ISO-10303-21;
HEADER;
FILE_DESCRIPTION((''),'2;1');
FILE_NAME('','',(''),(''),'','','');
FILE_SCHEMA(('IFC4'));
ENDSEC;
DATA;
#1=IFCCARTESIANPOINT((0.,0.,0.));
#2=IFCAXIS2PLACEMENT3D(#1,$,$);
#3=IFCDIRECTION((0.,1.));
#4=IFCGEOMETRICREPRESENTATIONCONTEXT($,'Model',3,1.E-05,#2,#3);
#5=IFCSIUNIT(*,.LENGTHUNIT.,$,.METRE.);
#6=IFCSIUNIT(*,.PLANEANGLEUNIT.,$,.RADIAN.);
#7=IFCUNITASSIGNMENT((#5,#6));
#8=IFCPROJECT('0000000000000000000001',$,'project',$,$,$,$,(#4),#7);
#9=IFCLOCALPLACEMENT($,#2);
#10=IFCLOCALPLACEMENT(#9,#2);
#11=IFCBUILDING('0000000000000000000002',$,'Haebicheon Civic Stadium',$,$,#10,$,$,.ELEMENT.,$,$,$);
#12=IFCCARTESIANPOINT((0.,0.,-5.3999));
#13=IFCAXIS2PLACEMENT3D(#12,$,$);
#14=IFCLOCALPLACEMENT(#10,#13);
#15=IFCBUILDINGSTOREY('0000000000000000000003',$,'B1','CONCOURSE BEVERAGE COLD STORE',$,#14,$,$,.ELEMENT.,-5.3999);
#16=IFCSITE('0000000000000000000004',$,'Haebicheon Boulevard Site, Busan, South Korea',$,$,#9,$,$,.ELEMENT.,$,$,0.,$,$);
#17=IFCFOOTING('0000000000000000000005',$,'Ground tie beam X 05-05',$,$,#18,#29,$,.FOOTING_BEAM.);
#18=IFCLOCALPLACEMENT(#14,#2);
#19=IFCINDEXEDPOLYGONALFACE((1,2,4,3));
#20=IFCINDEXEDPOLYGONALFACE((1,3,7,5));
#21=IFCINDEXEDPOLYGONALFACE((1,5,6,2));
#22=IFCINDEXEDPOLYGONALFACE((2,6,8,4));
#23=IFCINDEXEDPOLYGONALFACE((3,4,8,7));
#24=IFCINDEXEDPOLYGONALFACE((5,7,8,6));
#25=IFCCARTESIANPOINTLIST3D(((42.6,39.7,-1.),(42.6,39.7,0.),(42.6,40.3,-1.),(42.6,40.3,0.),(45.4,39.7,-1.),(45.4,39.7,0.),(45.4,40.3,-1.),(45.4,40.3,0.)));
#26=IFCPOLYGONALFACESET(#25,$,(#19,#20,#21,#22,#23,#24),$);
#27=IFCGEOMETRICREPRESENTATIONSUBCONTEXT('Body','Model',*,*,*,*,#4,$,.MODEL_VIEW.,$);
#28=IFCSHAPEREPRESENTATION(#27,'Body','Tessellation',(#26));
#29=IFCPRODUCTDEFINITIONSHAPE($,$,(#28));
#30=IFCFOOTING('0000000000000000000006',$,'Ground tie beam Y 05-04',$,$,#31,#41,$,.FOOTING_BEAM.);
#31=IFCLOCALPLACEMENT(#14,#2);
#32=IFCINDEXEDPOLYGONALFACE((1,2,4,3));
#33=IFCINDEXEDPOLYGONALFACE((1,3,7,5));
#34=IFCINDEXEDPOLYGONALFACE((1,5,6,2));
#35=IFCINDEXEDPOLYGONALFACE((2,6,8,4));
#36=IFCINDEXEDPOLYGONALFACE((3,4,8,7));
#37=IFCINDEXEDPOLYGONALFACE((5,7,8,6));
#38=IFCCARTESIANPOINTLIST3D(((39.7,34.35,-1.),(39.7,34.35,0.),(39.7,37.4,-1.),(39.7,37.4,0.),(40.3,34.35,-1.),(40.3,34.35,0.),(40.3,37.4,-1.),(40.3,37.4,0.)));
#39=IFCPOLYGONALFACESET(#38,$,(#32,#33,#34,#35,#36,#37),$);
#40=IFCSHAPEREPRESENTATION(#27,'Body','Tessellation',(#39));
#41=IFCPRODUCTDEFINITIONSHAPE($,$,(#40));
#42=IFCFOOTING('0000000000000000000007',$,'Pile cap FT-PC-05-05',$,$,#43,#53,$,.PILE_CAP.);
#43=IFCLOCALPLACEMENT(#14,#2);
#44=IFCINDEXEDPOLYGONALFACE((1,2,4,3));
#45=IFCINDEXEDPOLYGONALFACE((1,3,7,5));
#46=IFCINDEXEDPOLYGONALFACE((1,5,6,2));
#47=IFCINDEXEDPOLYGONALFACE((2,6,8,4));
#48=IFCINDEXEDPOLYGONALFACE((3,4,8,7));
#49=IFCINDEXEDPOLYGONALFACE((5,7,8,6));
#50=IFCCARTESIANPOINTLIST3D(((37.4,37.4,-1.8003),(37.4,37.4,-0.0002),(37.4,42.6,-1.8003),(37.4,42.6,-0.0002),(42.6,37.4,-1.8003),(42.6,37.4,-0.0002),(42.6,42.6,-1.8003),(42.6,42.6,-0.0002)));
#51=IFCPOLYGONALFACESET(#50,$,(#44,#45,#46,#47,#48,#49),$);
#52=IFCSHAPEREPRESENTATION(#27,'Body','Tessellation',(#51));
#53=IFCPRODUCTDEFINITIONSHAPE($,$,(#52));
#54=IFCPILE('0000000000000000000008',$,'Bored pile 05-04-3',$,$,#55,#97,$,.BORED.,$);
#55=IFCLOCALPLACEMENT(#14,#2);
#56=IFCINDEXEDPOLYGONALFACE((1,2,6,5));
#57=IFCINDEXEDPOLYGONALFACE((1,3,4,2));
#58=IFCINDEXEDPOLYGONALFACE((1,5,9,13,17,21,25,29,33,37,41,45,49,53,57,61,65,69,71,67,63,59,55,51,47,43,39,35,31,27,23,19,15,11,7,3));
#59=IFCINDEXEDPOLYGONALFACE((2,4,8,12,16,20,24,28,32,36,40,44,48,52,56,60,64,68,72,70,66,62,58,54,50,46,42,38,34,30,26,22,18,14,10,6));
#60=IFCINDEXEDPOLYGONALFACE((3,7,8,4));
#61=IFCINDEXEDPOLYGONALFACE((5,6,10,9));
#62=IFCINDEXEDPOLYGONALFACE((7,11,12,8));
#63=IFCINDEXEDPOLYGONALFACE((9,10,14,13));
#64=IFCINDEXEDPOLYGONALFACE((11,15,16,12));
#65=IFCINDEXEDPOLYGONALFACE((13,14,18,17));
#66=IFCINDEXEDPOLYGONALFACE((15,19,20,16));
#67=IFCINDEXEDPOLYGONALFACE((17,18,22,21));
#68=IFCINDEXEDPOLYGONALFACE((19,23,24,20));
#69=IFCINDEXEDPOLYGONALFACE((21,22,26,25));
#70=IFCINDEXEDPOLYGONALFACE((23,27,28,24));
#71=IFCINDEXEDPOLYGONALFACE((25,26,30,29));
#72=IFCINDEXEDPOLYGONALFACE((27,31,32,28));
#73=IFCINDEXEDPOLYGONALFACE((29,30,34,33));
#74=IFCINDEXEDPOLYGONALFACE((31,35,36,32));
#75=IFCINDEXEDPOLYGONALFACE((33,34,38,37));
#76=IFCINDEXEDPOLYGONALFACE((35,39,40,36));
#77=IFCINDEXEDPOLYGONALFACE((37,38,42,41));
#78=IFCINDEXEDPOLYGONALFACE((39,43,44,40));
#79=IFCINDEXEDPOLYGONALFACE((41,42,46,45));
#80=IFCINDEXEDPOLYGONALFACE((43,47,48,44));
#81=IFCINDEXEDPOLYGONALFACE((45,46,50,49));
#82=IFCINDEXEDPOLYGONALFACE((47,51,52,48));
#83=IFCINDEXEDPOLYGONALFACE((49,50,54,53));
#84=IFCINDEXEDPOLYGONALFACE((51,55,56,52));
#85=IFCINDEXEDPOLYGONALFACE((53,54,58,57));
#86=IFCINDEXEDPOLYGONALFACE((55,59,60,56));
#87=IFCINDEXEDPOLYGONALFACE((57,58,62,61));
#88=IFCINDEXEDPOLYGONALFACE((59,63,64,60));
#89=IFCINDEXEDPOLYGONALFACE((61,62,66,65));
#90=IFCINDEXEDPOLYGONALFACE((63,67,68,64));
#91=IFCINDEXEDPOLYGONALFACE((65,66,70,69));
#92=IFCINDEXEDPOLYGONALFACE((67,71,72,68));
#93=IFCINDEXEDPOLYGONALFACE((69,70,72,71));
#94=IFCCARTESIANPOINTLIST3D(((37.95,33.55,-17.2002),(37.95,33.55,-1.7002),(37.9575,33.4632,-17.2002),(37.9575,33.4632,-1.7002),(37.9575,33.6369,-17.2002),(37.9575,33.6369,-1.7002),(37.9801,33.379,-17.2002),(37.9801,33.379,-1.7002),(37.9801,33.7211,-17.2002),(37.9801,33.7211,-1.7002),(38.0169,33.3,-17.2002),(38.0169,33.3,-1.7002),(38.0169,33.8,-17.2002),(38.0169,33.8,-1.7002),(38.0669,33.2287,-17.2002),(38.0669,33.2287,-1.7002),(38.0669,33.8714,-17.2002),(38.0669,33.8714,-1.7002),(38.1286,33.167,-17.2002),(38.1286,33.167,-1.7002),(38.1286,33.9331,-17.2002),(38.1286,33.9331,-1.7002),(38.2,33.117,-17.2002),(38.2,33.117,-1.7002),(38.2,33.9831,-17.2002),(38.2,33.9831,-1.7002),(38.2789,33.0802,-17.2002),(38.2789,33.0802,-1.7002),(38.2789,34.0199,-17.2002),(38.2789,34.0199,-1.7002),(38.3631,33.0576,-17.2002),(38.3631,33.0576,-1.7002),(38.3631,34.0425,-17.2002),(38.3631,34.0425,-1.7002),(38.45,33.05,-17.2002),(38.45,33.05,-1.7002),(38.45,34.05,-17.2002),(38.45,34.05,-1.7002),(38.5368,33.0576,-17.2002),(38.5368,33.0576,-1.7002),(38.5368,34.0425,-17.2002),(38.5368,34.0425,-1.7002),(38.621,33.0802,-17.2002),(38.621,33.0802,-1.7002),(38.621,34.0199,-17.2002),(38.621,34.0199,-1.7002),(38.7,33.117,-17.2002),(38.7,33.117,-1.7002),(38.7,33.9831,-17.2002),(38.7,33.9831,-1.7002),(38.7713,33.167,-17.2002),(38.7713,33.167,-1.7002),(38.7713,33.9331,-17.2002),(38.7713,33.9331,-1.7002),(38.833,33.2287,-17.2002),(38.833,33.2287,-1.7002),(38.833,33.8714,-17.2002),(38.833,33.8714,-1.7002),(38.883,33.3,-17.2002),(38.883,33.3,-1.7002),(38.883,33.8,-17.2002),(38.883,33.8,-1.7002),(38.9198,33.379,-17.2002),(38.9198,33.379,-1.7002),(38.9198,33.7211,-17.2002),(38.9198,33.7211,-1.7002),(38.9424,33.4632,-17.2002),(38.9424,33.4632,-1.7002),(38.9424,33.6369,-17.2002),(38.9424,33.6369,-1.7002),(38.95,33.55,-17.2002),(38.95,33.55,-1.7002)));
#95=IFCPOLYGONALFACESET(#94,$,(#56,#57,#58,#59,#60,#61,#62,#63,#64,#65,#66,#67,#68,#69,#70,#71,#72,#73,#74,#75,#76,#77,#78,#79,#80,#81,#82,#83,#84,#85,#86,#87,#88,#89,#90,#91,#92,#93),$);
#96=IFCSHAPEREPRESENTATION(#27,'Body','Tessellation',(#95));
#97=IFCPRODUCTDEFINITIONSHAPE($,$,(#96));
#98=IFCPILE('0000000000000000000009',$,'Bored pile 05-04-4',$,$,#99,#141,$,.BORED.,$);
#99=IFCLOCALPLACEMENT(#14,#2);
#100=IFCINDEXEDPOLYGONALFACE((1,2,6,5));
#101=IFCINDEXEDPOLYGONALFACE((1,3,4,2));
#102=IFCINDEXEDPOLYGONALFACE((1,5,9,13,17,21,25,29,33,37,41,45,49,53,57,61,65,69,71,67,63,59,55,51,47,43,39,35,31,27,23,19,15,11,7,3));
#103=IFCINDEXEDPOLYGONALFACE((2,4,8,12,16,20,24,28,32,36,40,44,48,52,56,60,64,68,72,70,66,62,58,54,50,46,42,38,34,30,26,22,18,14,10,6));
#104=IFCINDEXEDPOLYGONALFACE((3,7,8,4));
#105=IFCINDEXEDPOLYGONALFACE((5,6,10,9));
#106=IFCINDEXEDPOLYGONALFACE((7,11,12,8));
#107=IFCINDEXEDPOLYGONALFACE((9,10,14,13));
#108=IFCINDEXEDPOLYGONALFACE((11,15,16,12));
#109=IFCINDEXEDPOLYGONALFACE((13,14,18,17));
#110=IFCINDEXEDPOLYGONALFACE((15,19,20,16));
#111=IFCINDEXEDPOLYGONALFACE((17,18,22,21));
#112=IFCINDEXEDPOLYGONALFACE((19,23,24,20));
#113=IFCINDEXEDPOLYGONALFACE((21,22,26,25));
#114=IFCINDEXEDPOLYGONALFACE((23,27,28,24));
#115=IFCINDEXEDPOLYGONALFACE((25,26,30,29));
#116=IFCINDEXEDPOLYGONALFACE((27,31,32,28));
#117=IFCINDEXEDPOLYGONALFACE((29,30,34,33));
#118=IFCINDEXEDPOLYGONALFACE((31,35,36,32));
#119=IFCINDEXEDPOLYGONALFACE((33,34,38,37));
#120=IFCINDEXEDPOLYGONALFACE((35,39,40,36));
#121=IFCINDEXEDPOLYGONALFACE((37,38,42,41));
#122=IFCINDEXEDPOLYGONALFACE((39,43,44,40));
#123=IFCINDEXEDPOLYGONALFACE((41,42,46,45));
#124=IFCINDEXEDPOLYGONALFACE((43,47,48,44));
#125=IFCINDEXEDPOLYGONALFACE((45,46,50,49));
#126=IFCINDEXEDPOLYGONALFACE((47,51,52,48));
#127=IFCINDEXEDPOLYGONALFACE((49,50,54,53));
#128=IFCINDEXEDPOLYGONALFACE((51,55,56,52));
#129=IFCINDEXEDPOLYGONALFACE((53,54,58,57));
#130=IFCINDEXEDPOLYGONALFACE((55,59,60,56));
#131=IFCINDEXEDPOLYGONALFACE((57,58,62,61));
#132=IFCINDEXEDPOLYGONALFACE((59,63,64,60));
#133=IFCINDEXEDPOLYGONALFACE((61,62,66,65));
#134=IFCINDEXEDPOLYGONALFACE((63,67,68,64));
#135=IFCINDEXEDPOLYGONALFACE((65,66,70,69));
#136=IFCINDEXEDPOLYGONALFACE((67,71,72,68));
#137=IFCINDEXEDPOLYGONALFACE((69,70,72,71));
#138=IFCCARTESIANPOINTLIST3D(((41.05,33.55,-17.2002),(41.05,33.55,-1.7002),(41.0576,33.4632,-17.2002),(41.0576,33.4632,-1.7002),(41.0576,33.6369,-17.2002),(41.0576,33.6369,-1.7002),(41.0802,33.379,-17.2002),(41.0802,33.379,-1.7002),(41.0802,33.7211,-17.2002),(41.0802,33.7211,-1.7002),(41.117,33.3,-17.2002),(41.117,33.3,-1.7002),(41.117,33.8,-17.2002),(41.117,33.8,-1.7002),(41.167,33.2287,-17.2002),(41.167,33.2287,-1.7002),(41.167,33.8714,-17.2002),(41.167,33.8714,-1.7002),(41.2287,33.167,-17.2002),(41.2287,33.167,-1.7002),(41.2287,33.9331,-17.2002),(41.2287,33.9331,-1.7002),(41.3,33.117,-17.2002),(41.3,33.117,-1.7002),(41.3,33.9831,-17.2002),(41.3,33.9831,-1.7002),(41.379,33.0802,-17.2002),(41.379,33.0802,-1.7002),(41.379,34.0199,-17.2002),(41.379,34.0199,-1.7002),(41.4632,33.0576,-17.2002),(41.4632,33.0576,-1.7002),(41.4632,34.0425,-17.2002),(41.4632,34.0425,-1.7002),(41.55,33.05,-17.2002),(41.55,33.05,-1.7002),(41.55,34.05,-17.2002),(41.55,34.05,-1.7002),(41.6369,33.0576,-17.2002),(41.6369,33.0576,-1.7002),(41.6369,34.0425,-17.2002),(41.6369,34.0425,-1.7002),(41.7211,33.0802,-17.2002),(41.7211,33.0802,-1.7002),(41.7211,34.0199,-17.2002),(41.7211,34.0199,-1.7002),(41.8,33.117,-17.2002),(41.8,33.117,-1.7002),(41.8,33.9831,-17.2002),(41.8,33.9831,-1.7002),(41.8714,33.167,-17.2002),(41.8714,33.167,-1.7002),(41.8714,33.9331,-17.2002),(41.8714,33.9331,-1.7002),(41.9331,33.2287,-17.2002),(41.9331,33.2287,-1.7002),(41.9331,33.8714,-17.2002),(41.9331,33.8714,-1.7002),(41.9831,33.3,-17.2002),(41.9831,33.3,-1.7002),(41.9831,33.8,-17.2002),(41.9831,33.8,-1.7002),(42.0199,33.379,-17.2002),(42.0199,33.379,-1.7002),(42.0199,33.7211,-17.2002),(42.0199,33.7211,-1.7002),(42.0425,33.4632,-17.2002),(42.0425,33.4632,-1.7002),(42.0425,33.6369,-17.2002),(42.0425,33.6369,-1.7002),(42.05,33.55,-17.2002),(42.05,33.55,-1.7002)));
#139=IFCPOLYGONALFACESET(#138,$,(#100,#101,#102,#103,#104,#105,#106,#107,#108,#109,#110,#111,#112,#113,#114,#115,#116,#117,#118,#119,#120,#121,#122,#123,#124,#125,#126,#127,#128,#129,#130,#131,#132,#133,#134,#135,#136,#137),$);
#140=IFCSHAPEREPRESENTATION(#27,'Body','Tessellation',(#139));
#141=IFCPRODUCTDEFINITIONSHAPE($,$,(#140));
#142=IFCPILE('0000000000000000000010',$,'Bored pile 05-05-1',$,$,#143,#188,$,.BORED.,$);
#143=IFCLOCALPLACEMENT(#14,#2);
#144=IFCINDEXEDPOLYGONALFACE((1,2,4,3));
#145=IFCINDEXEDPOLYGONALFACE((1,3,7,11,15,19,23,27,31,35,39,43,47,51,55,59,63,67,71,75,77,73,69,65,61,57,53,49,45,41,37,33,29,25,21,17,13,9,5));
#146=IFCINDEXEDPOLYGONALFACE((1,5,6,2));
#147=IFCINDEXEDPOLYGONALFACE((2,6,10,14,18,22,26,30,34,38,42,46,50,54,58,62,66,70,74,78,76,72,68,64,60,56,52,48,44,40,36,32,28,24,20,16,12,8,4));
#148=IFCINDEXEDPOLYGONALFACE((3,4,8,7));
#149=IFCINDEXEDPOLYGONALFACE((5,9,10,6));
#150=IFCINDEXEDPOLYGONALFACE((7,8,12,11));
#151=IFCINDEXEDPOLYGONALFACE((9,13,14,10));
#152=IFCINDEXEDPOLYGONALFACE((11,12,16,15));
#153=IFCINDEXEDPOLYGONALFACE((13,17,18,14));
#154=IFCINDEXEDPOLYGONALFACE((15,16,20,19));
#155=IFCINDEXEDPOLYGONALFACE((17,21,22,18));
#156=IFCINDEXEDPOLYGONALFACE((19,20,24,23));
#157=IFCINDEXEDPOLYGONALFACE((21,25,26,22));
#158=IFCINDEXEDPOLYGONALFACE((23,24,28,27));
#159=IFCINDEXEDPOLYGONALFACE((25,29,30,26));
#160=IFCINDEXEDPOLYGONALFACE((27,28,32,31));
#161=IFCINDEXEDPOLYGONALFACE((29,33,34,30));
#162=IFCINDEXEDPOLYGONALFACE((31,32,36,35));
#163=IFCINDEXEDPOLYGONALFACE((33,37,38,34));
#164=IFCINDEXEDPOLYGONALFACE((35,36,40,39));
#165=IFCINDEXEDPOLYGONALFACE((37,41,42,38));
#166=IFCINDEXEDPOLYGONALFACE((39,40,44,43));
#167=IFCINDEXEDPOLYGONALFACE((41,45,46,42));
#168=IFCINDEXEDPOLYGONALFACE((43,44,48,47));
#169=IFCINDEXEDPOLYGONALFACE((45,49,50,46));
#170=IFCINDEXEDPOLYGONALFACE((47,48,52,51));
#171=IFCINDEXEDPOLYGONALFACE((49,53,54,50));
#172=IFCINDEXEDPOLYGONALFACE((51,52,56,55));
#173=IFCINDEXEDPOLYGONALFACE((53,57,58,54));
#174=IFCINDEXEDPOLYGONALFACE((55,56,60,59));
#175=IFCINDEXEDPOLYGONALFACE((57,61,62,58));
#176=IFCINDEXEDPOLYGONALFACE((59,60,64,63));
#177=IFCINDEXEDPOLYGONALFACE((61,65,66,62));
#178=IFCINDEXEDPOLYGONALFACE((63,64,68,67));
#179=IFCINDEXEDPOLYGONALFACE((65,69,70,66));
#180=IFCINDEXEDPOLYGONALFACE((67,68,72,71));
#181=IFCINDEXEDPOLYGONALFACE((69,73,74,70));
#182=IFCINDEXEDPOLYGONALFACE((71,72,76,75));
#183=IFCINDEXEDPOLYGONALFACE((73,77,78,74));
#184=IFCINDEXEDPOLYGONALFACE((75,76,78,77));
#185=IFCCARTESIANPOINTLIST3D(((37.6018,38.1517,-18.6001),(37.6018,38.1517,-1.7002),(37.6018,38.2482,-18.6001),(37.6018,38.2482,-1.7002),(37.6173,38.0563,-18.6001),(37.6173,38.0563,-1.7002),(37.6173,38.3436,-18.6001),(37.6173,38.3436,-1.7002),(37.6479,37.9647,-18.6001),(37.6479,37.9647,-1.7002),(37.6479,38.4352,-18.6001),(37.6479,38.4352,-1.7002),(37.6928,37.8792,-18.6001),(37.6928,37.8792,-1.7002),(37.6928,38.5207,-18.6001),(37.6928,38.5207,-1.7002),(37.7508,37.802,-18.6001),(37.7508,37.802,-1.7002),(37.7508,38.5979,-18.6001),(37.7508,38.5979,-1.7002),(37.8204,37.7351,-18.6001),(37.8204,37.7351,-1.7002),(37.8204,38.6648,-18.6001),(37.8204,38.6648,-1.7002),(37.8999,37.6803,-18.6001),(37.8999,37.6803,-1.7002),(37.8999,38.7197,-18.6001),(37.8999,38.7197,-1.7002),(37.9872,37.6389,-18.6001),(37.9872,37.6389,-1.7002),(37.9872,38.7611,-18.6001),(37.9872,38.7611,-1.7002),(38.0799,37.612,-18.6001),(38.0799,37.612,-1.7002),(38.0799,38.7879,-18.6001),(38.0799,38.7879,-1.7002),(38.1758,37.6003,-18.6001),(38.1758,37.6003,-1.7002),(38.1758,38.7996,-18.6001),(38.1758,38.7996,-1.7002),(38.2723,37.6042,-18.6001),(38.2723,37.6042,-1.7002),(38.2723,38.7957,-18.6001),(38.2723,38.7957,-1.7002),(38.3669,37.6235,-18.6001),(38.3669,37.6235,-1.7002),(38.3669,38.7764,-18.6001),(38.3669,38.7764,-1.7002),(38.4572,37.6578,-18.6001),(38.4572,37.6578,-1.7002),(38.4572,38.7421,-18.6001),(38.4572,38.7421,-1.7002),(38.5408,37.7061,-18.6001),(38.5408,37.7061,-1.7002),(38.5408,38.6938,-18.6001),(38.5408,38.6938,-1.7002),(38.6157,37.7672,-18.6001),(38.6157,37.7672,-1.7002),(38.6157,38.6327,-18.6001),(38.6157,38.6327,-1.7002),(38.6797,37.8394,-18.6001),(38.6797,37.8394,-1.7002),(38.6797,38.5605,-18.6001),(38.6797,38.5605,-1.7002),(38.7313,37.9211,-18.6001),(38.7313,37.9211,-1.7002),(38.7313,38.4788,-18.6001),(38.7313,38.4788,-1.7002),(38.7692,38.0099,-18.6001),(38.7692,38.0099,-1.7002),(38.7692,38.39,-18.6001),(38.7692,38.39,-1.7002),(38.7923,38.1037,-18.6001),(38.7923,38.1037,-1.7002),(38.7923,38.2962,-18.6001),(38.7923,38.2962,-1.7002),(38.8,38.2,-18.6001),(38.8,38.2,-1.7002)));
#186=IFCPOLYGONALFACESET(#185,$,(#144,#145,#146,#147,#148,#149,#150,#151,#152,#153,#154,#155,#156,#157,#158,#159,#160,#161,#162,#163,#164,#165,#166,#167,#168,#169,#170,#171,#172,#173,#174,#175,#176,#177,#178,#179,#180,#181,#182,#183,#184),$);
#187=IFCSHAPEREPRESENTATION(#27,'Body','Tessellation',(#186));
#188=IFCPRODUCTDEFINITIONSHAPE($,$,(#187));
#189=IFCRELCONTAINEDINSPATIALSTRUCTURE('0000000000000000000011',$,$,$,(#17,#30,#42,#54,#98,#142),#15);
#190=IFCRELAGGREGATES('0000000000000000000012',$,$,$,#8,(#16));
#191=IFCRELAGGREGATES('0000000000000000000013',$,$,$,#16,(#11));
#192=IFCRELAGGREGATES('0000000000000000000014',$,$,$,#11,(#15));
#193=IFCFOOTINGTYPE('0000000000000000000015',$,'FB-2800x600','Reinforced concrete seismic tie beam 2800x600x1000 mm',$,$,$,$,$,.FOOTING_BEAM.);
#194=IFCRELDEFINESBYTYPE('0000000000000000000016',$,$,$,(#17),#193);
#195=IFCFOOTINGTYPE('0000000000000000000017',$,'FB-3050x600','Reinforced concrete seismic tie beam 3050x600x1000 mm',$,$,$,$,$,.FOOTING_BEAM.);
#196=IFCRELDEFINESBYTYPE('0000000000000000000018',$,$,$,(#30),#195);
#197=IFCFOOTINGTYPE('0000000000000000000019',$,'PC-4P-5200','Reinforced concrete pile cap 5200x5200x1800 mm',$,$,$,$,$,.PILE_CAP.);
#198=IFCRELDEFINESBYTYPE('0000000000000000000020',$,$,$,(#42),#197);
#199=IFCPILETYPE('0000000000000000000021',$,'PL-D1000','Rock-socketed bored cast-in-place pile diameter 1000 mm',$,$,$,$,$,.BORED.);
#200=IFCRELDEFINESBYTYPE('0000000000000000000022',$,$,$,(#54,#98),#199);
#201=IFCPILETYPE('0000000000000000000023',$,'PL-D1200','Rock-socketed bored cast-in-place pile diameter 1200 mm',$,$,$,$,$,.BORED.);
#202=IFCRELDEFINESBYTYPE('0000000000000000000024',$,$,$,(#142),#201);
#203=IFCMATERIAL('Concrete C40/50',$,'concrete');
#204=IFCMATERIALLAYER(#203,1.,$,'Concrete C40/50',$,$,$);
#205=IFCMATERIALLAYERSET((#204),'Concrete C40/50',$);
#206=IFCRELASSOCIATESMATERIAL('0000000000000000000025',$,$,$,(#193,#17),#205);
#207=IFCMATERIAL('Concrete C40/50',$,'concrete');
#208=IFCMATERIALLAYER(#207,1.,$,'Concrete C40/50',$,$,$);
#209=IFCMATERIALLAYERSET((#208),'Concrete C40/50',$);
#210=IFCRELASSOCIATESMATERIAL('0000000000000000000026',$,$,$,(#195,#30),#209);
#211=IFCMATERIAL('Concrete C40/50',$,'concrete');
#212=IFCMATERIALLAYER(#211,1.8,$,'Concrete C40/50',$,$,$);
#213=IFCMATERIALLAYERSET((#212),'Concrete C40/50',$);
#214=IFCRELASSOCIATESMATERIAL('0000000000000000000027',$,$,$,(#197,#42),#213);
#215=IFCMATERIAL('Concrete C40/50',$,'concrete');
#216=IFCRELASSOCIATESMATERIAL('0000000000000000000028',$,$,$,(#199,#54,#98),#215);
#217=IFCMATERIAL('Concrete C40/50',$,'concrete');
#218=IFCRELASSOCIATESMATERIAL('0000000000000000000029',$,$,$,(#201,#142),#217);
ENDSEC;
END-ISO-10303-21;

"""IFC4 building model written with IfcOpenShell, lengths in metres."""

from ifc_helpers import new_model, si_unit, direction, frame, origin, origin_2d, place, context, subcontext, project, spatial, rectangle, circle, extrude, material, layer, layer_set, material_profile, profile_set, type_object, element, save


model = new_model("IFC4")

# Units and contexts
model_context = context("Model", 3, precision=1e-05, world=origin(), true_north=direction((0.0, 1.0)))
body_context = subcontext(model_context, "Body", "Model", "MODEL_VIEW")
ifc_project = project(units=[si_unit("LENGTHUNIT", "METRE"), si_unit("PLANEANGLEUNIT", "RADIAN")], contexts=[model_context])

# Site, building, storey
site_placement = place(None, origin())
site = spatial("IfcSite", under=ifc_project, at=site_placement, Name="Haebicheon Boulevard Site, Busan, South Korea", CompositionType="ELEMENT", RefElevation=0.0)
building_placement = place(site_placement, origin())
building = spatial("IfcBuilding", under=site, at=building_placement, Name="Haebicheon Civic Stadium", CompositionType="ELEMENT")
storey_placement = place(building_placement, frame((0.0, 0.0, -5.3999)))
storey = spatial("IfcBuildingStorey", under=building, at=storey_placement, Name="B1", Description="CONCOURSE BEVERAGE COLD STORE", CompositionType="ELEMENT", Elevation=-5.3999)

# Footings
ifc_material_1 = material(Name="Concrete C40/50", Category="concrete")
ifc_layer_1 = layer(ifc_material_1, 1.0, Name="Concrete C40/50")
ifc_layer_set_1 = layer_set([ifc_layer_1], Name="Concrete C40/50")
footing_type_1 = type_object("IfcFootingType", Name="FB-2800x600", Description="Reinforced concrete seismic tie beam 2800x600x1000 mm", PredefinedType="FOOTING_BEAM", material=ifc_layer_set_1)
footing_1_placement = place(storey_placement, frame((44.0, 40.0, -1.0), z_axis=(0.0, 0.0, 1.0), x_axis=(1.0, 0.0, 0.0)))
element("IfcFooting", 1, at=footing_1_placement, inside=storey, type_object=footing_type_1, material=ifc_layer_set_1, Name="Ground tie beam X 05-05", PredefinedType="FOOTING_BEAM", context=body_context, shape_type="SweptSolid", body=[
    extrude(rectangle(XDim=2.8, YDim=0.6001, at=origin_2d()), origin(), (0.0, 0.0, 1.0), 1.0),
])
ifc_material_2 = material(Name="Concrete C40/50", Category="concrete")
ifc_layer_2 = layer(ifc_material_2, 1.0, Name="Concrete C40/50")
ifc_layer_set_2 = layer_set([ifc_layer_2], Name="Concrete C40/50")
footing_type_2 = type_object("IfcFootingType", Name="FB-3050x600", Description="Reinforced concrete seismic tie beam 3050x600x1000 mm", PredefinedType="FOOTING_BEAM", material=ifc_layer_set_2)
footing_2_placement = place(storey_placement, frame((40.0, 35.875, -1.0), z_axis=(0.0, 0.0, 1.0), x_axis=(0.0, 1.0, 0.0)))
element("IfcFooting", 2, at=footing_2_placement, inside=storey, type_object=footing_type_2, material=ifc_layer_set_2, Name="Ground tie beam Y 05-04", PredefinedType="FOOTING_BEAM", context=body_context, shape_type="SweptSolid", body=[
    extrude(rectangle(XDim=3.05, YDim=0.6001, at=origin_2d()), origin(), (0.0, 0.0, 1.0), 1.0),
])
ifc_material_3 = material(Name="Concrete C40/50", Category="concrete")
ifc_layer_3 = layer(ifc_material_3, 1.8, Name="Concrete C40/50")
ifc_layer_set_3 = layer_set([ifc_layer_3], Name="Concrete C40/50")
footing_type_3 = type_object("IfcFootingType", Name="PC-4P-5200", Description="Reinforced concrete pile cap 5200x5200x1800 mm", PredefinedType="PILE_CAP", material=ifc_layer_set_3)
footing_3_placement = place(storey_placement, frame((40.0, 40.0, -1.8003), z_axis=(0.0, 0.0, 1.0), x_axis=(1.0, 0.0, 0.0)))
element("IfcFooting", 3, at=footing_3_placement, inside=storey, type_object=footing_type_3, material=ifc_layer_set_3, Name="Pile cap FT-PC-05-05", PredefinedType="PILE_CAP", context=body_context, shape_type="SweptSolid", body=[
    extrude(rectangle(XDim=5.2, YDim=5.2, at=origin_2d()), origin(), (0.0, 0.0, 1.0), 1.8),
])

# Piles
ifc_material_4 = material(Name="Concrete C40/50", Category="concrete")
ifc_material_profile_1 = material_profile(ifc_material_4, circle(Radius=0.5, at=origin_2d()), Name="PILE-D1000")
ifc_profile_set_1 = profile_set([ifc_material_profile_1], Name="Concrete C40/50")
pile_type_1 = type_object("IfcPileType", Name="PL-D1000", Description="Rock-socketed bored cast-in-place pile diameter 1000 mm", PredefinedType="BORED", material=ifc_profile_set_1)
for number, where, z_axis, x_axis, name in (
    (4, (38.45, 33.55, -1.7002), (0.0, 0.0, -1.0), (1.0, 0.0, 0.0), "Bored pile 05-04-3"),
    (5, (41.55, 33.55, -1.7002), (0.0, 0.0, -1.0), (1.0, 0.0, 0.0), "Bored pile 05-04-4"),
):
    element("IfcPile", number, at=place(storey_placement, frame(where, z_axis=z_axis, x_axis=x_axis)), inside=storey, type_object=pile_type_1, material=ifc_profile_set_1, Name=name, PredefinedType="BORED", context=body_context, shape_type="SweptSolid", body=[
        extrude(circle(Radius=0.5, at=origin_2d()), origin(), (0.0, 0.0, 1.0), 15.5),
    ])
ifc_material_5 = material(Name="Concrete C40/50", Category="concrete")
ifc_material_profile_2 = material_profile(ifc_material_5, circle(Radius=0.6001, at=origin_2d()), Name="PILE-D1200")
ifc_profile_set_2 = profile_set([ifc_material_profile_2], Name="Concrete C40/50")
pile_type_2 = type_object("IfcPileType", Name="PL-D1200", Description="Rock-socketed bored cast-in-place pile diameter 1200 mm", PredefinedType="BORED", material=ifc_profile_set_2)
for number, where, z_axis, x_axis, name in (
    (6, (38.2, 38.2, -1.7002), (0.0, 0.0, -1.0), (1.0, 0.0, 0.0), "Bored pile 05-05-1"),
):
    element("IfcPile", number, at=place(storey_placement, frame(where, z_axis=z_axis, x_axis=x_axis)), inside=storey, type_object=pile_type_2, material=ifc_profile_set_2, Name=name, PredefinedType="BORED", context=body_context, shape_type="SweptSolid", body=[
        extrude(circle(Radius=0.6001, at=origin_2d()), origin(), (0.0, 0.0, 1.0), 16.8999),
    ])

save(model, "model.ifc")
